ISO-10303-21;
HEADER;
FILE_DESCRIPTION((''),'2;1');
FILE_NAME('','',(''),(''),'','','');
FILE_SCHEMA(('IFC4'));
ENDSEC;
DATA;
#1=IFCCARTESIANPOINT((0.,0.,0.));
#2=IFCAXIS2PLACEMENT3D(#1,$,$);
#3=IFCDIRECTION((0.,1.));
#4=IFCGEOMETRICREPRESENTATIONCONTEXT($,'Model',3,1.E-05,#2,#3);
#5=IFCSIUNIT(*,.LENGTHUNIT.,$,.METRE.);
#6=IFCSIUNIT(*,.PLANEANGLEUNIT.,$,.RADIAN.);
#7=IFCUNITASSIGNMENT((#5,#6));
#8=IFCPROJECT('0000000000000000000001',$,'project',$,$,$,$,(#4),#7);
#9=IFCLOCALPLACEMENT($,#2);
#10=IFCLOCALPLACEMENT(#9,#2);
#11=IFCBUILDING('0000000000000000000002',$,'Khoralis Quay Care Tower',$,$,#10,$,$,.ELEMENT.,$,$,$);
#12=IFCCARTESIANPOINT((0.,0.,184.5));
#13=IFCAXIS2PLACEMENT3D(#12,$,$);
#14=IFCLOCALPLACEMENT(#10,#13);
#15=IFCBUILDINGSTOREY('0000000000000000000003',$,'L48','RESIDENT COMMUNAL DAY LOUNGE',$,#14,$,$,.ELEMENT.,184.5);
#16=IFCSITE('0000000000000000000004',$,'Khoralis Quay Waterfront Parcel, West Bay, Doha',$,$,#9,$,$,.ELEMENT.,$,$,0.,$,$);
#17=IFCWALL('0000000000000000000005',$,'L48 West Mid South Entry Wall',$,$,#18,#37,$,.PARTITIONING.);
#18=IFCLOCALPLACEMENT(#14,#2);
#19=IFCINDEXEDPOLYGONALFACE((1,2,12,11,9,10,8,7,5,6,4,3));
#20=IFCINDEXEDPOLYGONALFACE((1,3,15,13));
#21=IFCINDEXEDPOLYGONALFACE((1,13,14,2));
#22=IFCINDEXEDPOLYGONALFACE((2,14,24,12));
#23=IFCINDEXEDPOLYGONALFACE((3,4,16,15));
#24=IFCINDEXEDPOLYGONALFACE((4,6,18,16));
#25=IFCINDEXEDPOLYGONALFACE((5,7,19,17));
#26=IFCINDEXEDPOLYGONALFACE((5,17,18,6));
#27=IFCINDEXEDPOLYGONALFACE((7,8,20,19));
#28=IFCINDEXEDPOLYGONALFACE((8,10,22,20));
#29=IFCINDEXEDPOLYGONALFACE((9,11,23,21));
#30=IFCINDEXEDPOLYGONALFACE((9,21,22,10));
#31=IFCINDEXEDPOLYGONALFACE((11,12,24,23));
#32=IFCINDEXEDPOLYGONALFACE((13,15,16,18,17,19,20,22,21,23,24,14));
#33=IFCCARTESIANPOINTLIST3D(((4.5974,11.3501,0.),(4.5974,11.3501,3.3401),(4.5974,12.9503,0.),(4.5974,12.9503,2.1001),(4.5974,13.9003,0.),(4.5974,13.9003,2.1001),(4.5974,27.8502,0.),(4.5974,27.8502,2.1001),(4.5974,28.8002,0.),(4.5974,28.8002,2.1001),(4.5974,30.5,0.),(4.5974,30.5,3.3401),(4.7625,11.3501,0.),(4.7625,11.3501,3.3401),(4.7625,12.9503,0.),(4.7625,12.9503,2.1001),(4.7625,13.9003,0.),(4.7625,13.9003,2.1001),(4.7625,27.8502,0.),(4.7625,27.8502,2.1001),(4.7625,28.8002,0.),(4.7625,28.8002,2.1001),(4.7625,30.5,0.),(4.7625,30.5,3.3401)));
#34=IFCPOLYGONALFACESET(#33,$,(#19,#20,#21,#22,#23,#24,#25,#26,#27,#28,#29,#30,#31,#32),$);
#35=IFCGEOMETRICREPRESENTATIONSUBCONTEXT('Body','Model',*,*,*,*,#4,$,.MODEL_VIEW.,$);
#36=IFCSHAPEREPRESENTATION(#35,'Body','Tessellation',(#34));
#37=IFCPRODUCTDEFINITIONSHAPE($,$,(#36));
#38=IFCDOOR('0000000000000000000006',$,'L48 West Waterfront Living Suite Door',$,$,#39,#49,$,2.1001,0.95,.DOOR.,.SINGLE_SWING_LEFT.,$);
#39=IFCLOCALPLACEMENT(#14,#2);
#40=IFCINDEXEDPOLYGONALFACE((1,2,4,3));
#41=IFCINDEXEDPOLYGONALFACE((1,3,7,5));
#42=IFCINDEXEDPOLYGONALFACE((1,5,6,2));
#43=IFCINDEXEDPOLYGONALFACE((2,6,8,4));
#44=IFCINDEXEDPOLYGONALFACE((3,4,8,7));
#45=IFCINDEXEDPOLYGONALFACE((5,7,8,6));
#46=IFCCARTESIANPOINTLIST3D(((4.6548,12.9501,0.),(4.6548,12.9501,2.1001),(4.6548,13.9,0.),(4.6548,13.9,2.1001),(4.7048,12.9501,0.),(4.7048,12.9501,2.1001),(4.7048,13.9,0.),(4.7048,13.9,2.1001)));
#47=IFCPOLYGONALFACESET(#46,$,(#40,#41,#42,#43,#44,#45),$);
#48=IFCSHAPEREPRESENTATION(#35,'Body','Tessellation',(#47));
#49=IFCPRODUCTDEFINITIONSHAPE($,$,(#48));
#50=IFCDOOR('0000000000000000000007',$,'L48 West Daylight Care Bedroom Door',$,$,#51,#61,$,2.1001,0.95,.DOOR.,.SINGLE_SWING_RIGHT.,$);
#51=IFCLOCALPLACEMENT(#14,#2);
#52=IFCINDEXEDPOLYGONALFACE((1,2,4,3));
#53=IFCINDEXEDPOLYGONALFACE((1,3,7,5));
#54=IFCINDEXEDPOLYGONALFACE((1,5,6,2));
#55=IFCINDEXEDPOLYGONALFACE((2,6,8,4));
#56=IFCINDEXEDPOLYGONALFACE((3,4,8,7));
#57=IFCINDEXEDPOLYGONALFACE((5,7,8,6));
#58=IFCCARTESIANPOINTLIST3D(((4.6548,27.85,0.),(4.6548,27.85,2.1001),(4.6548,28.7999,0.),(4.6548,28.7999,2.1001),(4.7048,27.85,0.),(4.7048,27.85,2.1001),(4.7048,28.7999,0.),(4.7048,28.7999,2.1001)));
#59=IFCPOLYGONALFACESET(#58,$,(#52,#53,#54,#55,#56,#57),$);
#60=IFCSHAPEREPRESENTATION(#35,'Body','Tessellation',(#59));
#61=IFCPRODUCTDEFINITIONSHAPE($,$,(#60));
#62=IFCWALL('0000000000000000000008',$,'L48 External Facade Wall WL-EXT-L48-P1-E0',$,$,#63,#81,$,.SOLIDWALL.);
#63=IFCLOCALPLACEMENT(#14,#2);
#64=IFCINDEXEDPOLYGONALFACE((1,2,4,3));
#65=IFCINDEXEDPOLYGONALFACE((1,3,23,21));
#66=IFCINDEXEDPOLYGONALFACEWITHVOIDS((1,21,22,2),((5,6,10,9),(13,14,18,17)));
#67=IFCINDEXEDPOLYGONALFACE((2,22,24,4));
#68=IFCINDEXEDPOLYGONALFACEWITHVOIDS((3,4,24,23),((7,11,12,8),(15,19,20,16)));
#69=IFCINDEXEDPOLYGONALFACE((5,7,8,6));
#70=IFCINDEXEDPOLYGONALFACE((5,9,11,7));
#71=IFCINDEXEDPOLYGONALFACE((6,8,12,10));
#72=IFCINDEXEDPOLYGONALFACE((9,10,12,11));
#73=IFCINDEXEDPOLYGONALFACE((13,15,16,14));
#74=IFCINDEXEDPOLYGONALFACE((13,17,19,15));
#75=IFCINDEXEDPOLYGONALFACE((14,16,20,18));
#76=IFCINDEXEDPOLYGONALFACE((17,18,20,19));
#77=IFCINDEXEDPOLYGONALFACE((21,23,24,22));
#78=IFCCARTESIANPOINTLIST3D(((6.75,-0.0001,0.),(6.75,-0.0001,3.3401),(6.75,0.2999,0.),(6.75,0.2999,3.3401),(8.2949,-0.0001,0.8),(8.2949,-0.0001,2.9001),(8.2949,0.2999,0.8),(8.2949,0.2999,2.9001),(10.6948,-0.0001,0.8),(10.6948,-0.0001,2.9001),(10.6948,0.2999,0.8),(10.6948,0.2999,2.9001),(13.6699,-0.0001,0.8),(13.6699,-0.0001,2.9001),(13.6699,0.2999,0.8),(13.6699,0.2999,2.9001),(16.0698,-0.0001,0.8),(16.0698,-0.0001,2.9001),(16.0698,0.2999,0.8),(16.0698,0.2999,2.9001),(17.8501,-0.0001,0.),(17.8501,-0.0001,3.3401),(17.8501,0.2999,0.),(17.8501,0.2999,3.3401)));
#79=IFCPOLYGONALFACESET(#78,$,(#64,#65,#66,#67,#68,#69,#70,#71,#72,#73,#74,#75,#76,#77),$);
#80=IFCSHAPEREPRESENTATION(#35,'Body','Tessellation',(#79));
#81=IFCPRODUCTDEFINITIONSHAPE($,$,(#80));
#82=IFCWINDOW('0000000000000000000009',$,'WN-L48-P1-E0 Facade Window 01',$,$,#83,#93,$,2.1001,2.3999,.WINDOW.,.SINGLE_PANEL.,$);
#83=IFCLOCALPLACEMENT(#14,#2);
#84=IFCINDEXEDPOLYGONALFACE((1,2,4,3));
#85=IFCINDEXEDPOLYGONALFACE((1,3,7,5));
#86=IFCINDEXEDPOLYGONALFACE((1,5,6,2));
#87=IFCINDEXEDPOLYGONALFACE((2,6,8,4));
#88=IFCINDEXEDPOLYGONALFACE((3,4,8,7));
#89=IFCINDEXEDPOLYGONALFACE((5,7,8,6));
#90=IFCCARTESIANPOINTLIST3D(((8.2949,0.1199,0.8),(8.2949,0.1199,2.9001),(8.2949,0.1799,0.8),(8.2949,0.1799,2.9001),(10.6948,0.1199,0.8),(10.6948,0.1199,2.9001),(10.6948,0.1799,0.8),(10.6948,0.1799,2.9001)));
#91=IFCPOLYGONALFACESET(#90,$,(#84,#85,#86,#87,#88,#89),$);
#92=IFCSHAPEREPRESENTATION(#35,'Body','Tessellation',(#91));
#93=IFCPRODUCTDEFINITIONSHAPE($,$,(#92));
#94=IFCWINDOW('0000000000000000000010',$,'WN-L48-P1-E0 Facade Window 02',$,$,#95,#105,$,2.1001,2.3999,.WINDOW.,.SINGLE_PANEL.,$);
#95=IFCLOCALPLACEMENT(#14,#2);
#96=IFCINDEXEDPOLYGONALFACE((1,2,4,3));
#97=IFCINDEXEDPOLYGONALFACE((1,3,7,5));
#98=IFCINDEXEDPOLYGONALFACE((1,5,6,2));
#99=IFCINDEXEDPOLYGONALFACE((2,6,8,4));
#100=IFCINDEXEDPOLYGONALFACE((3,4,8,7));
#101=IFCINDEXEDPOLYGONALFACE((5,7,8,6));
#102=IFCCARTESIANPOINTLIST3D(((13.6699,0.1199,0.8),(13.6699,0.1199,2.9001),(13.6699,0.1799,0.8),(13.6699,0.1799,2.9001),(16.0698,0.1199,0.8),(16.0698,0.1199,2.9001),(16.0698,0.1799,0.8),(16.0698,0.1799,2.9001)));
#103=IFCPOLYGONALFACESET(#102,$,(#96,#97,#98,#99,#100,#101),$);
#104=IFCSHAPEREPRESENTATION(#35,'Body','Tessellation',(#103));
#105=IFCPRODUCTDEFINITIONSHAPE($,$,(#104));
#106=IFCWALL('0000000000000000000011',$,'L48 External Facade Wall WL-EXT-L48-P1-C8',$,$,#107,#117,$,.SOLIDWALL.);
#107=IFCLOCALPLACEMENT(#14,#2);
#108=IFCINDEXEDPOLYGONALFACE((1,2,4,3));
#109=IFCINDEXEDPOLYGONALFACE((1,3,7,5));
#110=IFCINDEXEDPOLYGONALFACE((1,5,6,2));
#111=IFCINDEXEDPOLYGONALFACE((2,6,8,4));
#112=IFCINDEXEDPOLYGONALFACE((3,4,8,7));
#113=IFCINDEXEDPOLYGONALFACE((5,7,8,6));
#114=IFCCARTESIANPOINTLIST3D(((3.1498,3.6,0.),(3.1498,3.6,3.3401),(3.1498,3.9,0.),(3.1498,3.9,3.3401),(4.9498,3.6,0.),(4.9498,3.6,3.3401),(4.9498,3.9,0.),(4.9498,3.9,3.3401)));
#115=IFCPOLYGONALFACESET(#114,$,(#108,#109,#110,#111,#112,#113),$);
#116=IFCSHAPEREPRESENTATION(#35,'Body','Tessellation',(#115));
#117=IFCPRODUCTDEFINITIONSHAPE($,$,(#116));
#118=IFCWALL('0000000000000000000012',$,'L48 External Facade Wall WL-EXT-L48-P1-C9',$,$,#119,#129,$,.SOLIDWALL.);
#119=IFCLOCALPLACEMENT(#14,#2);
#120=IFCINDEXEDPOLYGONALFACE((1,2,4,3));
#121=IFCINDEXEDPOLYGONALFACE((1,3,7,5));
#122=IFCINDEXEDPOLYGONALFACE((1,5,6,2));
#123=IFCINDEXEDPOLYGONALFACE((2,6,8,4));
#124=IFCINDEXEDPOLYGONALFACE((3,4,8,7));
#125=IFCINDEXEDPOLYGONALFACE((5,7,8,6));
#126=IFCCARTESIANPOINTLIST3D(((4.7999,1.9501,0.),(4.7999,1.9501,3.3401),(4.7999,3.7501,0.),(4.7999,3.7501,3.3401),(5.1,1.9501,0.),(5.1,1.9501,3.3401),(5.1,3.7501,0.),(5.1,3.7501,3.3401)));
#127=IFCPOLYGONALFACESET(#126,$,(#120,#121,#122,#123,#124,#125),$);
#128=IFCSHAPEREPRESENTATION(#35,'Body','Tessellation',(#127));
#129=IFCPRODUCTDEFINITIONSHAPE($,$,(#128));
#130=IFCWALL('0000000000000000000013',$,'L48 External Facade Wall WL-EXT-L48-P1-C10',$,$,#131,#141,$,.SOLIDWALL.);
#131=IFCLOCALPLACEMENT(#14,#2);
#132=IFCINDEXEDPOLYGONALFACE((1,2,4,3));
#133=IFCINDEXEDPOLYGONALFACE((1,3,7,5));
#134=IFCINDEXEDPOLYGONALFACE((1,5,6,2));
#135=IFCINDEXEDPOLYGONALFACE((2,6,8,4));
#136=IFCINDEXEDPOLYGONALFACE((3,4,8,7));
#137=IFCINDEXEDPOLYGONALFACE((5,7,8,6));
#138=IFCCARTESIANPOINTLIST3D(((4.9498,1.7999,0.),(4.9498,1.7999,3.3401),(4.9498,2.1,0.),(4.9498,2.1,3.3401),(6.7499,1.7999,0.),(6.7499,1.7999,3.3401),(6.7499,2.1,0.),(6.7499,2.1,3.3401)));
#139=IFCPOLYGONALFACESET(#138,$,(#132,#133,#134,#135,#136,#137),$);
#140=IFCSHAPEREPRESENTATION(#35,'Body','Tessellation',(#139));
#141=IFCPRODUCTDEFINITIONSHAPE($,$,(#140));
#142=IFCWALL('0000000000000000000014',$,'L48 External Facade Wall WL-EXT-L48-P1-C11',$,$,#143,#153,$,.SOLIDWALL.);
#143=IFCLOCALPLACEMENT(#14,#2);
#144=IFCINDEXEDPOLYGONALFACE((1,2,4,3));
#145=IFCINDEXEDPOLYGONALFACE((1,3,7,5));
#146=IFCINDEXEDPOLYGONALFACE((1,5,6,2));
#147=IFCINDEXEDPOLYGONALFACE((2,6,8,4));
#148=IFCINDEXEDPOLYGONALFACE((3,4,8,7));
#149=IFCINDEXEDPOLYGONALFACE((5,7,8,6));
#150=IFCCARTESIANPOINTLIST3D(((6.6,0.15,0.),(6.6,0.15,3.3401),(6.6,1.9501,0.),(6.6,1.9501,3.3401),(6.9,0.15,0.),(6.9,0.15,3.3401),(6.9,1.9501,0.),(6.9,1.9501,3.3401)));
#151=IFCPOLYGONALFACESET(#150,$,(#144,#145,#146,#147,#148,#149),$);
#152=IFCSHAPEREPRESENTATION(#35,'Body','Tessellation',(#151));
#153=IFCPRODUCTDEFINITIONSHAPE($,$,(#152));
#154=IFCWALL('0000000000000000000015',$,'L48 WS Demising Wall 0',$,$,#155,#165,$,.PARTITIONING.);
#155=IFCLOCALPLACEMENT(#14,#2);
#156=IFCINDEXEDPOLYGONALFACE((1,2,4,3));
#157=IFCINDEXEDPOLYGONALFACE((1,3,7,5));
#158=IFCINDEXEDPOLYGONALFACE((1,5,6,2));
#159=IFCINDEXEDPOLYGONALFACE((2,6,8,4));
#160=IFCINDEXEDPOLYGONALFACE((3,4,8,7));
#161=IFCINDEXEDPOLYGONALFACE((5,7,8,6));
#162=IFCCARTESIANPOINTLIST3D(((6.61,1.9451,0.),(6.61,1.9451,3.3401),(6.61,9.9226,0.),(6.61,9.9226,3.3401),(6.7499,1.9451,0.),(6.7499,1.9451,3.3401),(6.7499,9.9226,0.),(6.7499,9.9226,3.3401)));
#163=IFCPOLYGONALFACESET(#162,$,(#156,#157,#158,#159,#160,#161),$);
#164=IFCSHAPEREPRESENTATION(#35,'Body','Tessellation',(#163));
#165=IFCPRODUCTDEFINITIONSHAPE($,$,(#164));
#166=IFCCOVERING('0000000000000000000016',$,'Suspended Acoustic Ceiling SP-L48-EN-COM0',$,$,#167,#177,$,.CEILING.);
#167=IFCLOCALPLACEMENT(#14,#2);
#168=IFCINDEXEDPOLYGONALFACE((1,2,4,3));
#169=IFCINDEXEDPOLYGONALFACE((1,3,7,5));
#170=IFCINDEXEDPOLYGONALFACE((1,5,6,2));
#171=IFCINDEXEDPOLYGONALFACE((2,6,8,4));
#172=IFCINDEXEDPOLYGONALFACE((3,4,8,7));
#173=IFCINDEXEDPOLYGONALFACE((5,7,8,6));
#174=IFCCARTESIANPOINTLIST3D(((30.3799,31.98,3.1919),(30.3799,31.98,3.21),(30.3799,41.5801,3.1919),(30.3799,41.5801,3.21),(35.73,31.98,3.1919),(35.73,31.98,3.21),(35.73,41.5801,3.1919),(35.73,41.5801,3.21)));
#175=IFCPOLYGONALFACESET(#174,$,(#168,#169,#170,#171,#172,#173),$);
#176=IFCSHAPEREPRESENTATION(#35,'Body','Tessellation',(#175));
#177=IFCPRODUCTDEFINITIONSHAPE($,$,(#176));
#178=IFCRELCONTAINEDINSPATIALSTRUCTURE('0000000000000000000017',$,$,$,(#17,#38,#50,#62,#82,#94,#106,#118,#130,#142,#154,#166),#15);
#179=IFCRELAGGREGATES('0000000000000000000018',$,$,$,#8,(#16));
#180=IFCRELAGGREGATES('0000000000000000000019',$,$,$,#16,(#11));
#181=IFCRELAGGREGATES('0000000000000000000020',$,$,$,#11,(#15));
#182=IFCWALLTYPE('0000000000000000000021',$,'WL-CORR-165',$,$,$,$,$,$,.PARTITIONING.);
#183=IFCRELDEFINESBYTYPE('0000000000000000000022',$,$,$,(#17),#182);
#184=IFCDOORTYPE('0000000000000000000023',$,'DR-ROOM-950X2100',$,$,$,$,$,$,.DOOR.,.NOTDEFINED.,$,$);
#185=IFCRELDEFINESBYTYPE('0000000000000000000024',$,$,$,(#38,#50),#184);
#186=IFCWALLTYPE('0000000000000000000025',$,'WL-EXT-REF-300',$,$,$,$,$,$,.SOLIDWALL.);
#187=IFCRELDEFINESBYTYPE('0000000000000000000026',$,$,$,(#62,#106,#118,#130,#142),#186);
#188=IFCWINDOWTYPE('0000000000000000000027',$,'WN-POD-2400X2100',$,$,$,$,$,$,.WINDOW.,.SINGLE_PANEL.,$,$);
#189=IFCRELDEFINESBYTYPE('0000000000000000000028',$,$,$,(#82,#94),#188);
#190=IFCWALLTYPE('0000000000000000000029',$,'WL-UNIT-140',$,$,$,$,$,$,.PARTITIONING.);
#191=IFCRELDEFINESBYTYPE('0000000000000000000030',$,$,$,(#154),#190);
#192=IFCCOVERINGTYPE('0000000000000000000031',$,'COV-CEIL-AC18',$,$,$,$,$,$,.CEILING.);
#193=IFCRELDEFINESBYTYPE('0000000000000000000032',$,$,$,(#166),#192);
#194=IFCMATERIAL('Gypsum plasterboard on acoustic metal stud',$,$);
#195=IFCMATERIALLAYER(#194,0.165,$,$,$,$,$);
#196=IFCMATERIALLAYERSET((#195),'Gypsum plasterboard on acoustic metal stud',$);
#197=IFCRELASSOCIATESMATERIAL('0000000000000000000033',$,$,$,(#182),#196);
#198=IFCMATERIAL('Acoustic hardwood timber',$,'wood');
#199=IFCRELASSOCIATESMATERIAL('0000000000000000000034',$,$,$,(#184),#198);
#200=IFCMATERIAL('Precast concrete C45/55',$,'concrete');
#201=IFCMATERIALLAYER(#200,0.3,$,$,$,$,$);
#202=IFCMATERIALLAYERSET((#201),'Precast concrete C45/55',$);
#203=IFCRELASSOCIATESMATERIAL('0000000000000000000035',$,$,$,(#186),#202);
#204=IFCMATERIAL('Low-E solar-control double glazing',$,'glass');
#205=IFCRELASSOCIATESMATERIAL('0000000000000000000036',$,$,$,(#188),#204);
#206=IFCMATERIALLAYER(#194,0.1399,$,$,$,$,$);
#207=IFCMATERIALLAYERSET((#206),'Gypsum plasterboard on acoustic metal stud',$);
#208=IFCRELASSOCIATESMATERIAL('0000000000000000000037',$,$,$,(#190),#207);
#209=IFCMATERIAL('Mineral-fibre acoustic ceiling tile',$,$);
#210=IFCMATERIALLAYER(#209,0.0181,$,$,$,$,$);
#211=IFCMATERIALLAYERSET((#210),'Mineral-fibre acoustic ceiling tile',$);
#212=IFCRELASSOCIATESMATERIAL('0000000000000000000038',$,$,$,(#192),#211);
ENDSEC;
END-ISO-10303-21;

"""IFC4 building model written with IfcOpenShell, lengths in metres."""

from ifc_helpers import new_model, si_unit, direction, frame, frame_2d, origin, place, context, subcontext, project, spatial, polyline, rectangle, outline, extrude, source, transform, mapped, material, layer, layer_set, type_object, element, fill, save


model = new_model("IFC4")

# Units and contexts
model_context = context("Model", 3, precision=1e-05, world=origin(), true_north=direction((0.0, 1.0)))
body_context = subcontext(model_context, "Body", "Model", "MODEL_VIEW")
ifc_project = project(units=[si_unit("LENGTHUNIT", "METRE"), si_unit("PLANEANGLEUNIT", "RADIAN")], contexts=[model_context])

# Site, building, storey
site_placement = place(None, origin())
site = spatial("IfcSite", under=ifc_project, at=site_placement, Name="Khoralis Quay Waterfront Parcel, West Bay, Doha", CompositionType="ELEMENT", RefElevation=0.0)
building_placement = place(site_placement, origin())
building = spatial("IfcBuilding", under=site, at=building_placement, Name="Khoralis Quay Care Tower", CompositionType="ELEMENT")
storey_placement = place(building_placement, frame((0.0, 0.0, 184.5)))
storey = spatial("IfcBuildingStorey", under=building, at=storey_placement, Name="L48", Description="RESIDENT COMMUNAL DAY LOUNGE", CompositionType="ELEMENT", Elevation=184.5)

# Wall, openings, doors
ifc_material_1 = material(Name="Gypsum plasterboard on acoustic metal stud")
ifc_layer_1 = layer(ifc_material_1, 0.165)
ifc_layer_set_1 = layer_set([ifc_layer_1], Name="Gypsum plasterboard on acoustic metal stud")
wall_type_1 = type_object("IfcWallType", Name="WL-CORR-165", PredefinedType="PARTITIONING", material=ifc_layer_set_1)
ifc_material_2 = material(Name="Acoustic hardwood timber", Category="wood")
door_type_1 = type_object("IfcDoorType", Name="DR-ROOM-950X2100", OperationType="NOTDEFINED", PredefinedType="DOOR", material=ifc_material_2)
shared_shape_1 = source(origin(), body_context, "Body", "SweptSolid", [
    extrude(rectangle(XDim=0.95, YDim=2.1001, at=frame_2d((0.4751, 1.05))), frame((0.0, 0.0249, 0.0), z_axis=(0.0, -1.0, 0.0), x_axis=(1.0, 0.0, 0.0)), (0.0, 0.0, 1.0), 0.05),
])
wall_1_placement = place(storey_placement, frame((4.6799, 11.3501, 0.0), z_axis=(0.0, 0.0, 1.0), x_axis=(0.0, 1.0, 0.0)))
wall_1 = element("IfcWall", 1, at=wall_1_placement, inside=storey, type_object=wall_type_1, Name="L48 West Mid South Entry Wall", PredefinedType="PARTITIONING", context=body_context, shape_type="SweptSolid", body=[
    extrude(rectangle(XDim=19.1499, YDim=0.165, at=frame_2d((9.575, 0.0))), origin(), (0.0, 0.0, 1.0), 3.3401),
])
opening_1_placement = place(wall_1_placement, frame((1.6001, 0.0, 0.0)))
opening_1 = element("IfcOpeningElement", 2, at=opening_1_placement, cuts=wall_1, PredefinedType="OPENING", context=body_context, shape_type="SweptSolid", body=[
    extrude(rectangle(XDim=0.95, YDim=2.1001, at=frame_2d((0.4751, 1.05))), frame((0.0, 0.0925, 0.0), z_axis=(0.0, -1.0, 0.0), x_axis=(1.0, 0.0, 0.0)), (0.0, 0.0, 1.0), 0.1851),
])
opening_2_placement = place(wall_1_placement, frame((16.5, 0.0, 0.0)))
opening_2 = element("IfcOpeningElement", 3, at=opening_2_placement, cuts=wall_1, PredefinedType="OPENING", context=body_context, shape_type="SweptSolid", body=[
    extrude(rectangle(XDim=0.95, YDim=2.1001, at=frame_2d((0.4751, 1.05))), frame((0.0, 0.0925, 0.0), z_axis=(0.0, -1.0, 0.0), x_axis=(1.0, 0.0, 0.0)), (0.0, 0.0, 1.0), 0.1851),
])
door_1_placement = place(opening_1_placement, frame((0.95, 0.0, 0.0), z_axis=(0.0, 0.0, 1.0), x_axis=(-1.0, 0.0, 0.0)))
door_1 = element("IfcDoor", 4, at=door_1_placement, inside=storey, type_object=door_type_1, Name="L48 West Waterfront Living Suite Door", OperationType="SINGLE_SWING_LEFT", OverallHeight=2.1001, OverallWidth=0.95, PredefinedType="DOOR", context=body_context, shape_type="MappedRepresentation", body=[
    mapped(shared_shape_1, transform((0.0, 0.0, 0.0), scale=1.0)),
])
fill(opening_1, door_1)
door_2_placement = place(opening_2_placement, frame((0.95, 0.0, 0.0), z_axis=(0.0, 0.0, 1.0), x_axis=(-1.0, 0.0, 0.0)))
door_2 = element("IfcDoor", 5, at=door_2_placement, inside=storey, type_object=door_type_1, Name="L48 West Daylight Care Bedroom Door", OperationType="SINGLE_SWING_RIGHT", OverallHeight=2.1001, OverallWidth=0.95, PredefinedType="DOOR", context=body_context, shape_type="MappedRepresentation", body=[
    mapped(shared_shape_1, transform((0.0, 0.0, 0.0), scale=1.0)),
])
fill(opening_2, door_2)

# Wall, openings, windows
ifc_material_3 = material(Name="Precast concrete C45/55", Category="concrete")
ifc_layer_2 = layer(ifc_material_3, 0.3)
ifc_layer_set_2 = layer_set([ifc_layer_2], Name="Precast concrete C45/55")
wall_type_2 = type_object("IfcWallType", Name="WL-EXT-REF-300", PredefinedType="SOLIDWALL", material=ifc_layer_set_2)
wall_2_placement = place(storey_placement, frame((6.75, 0.1499, 0.0), z_axis=(0.0, 0.0, 1.0), x_axis=(1.0, 0.0, 0.0)))
wall_2 = element("IfcWall", 6, at=wall_2_placement, inside=storey, type_object=wall_type_2, Name="L48 External Facade Wall WL-EXT-L48-P1-E0", PredefinedType="SOLIDWALL", context=body_context, shape_type="SweptSolid", body=[
    extrude(rectangle(XDim=11.1001, YDim=0.3, at=frame_2d((5.55, 0.0))), origin(), (0.0, 0.0, 1.0), 3.3401),
])
opening_3_placement = place(wall_2_placement, frame((1.5449, 0.0, 0.8)))
opening_3 = element("IfcOpeningElement", 7, at=opening_3_placement, cuts=wall_2, PredefinedType="OPENING", context=body_context, shape_type="SweptSolid", body=[
    extrude(rectangle(XDim=2.3999, YDim=2.1001, at=frame_2d((1.2, 1.05))), frame((0.0, 0.1602, 0.0), z_axis=(0.0, -1.0, 0.0), x_axis=(1.0, 0.0, 0.0)), (0.0, 0.0, 1.0), 0.3201),
])
opening_4_placement = place(wall_2_placement, frame((6.9199, 0.0, 0.8)))
opening_4 = element("IfcOpeningElement", 8, at=opening_4_placement, cuts=wall_2, PredefinedType="OPENING", context=body_context, shape_type="SweptSolid", body=[
    extrude(rectangle(XDim=2.3999, YDim=2.1001, at=frame_2d((1.2, 1.05))), frame((0.0, 0.1602, 0.0), z_axis=(0.0, -1.0, 0.0), x_axis=(1.0, 0.0, 0.0)), (0.0, 0.0, 1.0), 0.3201),
])
ifc_material_4 = material(Name="Low-E solar-control double glazing", Category="glass")
window_type = type_object("IfcWindowType", Name="WN-POD-2400X2100", PartitioningType="SINGLE_PANEL", PredefinedType="WINDOW", material=ifc_material_4)
shared_shape_2 = source(origin(), body_context, "Body", "SweptSolid", [
    extrude(rectangle(XDim=2.3999, YDim=2.1001, at=frame_2d((1.2, 1.05))), frame((0.0, 0.03, 0.0), z_axis=(0.0, -1.0, 0.0), x_axis=(1.0, 0.0, 0.0)), (0.0, 0.0, 1.0), 0.0601),
])
window_1_placement = place(opening_3_placement, origin())
window_1 = element("IfcWindow", 9, at=window_1_placement, inside=storey, type_object=window_type, Name="WN-L48-P1-E0 Facade Window 01", OverallHeight=2.1001, OverallWidth=2.3999, PartitioningType="SINGLE_PANEL", PredefinedType="WINDOW", context=body_context, shape_type="MappedRepresentation", body=[
    mapped(shared_shape_2, transform((0.0, 0.0, 0.0), scale=1.0)),
])
fill(opening_3, window_1)
window_2_placement = place(opening_4_placement, origin())
window_2 = element("IfcWindow", 10, at=window_2_placement, inside=storey, type_object=window_type, Name="WN-L48-P1-E0 Facade Window 02", OverallHeight=2.1001, OverallWidth=2.3999, PartitioningType="SINGLE_PANEL", PredefinedType="WINDOW", context=body_context, shape_type="MappedRepresentation", body=[
    mapped(shared_shape_2, transform((0.0, 0.0, 0.0), scale=1.0)),
])
fill(opening_4, window_2)

# Walls
for number, where, z_axis, x_axis, name in (
    (11, (3.1499, 3.75, 0.0), (0.0, 0.0, 1.0), (1.0, 0.0, 0.0), "L48 External Facade Wall WL-EXT-L48-P1-C8"),
    (12, (4.95, 3.75, 0.0), (0.0, 0.0, 1.0), (0.0, -1.0, 0.0), "L48 External Facade Wall WL-EXT-L48-P1-C9"),
    (13, (4.95, 1.95, 0.0), (0.0, 0.0, 1.0), (1.0, 0.0, 0.0), "L48 External Facade Wall WL-EXT-L48-P1-C10"),
    (14, (6.75, 1.95, 0.0), (0.0, 0.0, 1.0), (0.0, -1.0, 0.0), "L48 External Facade Wall WL-EXT-L48-P1-C11"),
):
    element("IfcWall", number, at=place(storey_placement, frame(where, z_axis=z_axis, x_axis=x_axis)), inside=storey, type_object=wall_type_2, Name=name, PredefinedType="SOLIDWALL", context=body_context, shape_type="SweptSolid", body=[
        extrude(rectangle(XDim=1.8, YDim=0.3, at=frame_2d((0.8999, 0.0))), origin(), (0.0, 0.0, 1.0), 3.3401),
    ])
ifc_layer_3 = layer(ifc_material_1, 0.1399)
ifc_layer_set_3 = layer_set([ifc_layer_3], Name="Gypsum plasterboard on acoustic metal stud")
wall_type_3 = type_object("IfcWallType", Name="WL-UNIT-140", PredefinedType="PARTITIONING", material=ifc_layer_set_3)
wall_3_placement = place(storey_placement, frame((6.6799, 1.9451, 0.0), z_axis=(0.0, 0.0, 1.0), x_axis=(0.0, 1.0, 0.0)))
element("IfcWall", 15, at=wall_3_placement, inside=storey, type_object=wall_type_3, Name="L48 WS Demising Wall 0", PredefinedType="PARTITIONING", context=body_context, shape_type="SweptSolid", body=[
    extrude(rectangle(XDim=7.9775, YDim=0.1399, at=frame_2d((3.9888, 0.0))), origin(), (0.0, 0.0, 1.0), 3.3401),
])

# Covering
ifc_material_5 = material(Name="Mineral-fibre acoustic ceiling tile")
ifc_layer_4 = layer(ifc_material_5, 0.0181)
ifc_layer_set_4 = layer_set([ifc_layer_4], Name="Mineral-fibre acoustic ceiling tile")
covering_type_1 = type_object("IfcCoveringType", Name="COV-CEIL-AC18", PredefinedType="CEILING", material=ifc_layer_set_4)
covering_1_placement = place(storey_placement, frame((0.0, 0.0, 3.1919)))
element("IfcCovering", 16, at=covering_1_placement, inside=storey, type_object=covering_type_1, Name="Suspended Acoustic Ceiling SP-L48-EN-COM0", PredefinedType="CEILING", context=body_context, shape_type="SweptSolid", body=[
    extrude(outline(polyline([(30.3799, 31.98), (35.73, 31.98), (35.73, 41.5801), (30.3799, 41.5801), (30.3799, 31.98)])), origin(), (0.0, 0.0, 1.0), 0.0181),
])

save(model, "model.ifc")
